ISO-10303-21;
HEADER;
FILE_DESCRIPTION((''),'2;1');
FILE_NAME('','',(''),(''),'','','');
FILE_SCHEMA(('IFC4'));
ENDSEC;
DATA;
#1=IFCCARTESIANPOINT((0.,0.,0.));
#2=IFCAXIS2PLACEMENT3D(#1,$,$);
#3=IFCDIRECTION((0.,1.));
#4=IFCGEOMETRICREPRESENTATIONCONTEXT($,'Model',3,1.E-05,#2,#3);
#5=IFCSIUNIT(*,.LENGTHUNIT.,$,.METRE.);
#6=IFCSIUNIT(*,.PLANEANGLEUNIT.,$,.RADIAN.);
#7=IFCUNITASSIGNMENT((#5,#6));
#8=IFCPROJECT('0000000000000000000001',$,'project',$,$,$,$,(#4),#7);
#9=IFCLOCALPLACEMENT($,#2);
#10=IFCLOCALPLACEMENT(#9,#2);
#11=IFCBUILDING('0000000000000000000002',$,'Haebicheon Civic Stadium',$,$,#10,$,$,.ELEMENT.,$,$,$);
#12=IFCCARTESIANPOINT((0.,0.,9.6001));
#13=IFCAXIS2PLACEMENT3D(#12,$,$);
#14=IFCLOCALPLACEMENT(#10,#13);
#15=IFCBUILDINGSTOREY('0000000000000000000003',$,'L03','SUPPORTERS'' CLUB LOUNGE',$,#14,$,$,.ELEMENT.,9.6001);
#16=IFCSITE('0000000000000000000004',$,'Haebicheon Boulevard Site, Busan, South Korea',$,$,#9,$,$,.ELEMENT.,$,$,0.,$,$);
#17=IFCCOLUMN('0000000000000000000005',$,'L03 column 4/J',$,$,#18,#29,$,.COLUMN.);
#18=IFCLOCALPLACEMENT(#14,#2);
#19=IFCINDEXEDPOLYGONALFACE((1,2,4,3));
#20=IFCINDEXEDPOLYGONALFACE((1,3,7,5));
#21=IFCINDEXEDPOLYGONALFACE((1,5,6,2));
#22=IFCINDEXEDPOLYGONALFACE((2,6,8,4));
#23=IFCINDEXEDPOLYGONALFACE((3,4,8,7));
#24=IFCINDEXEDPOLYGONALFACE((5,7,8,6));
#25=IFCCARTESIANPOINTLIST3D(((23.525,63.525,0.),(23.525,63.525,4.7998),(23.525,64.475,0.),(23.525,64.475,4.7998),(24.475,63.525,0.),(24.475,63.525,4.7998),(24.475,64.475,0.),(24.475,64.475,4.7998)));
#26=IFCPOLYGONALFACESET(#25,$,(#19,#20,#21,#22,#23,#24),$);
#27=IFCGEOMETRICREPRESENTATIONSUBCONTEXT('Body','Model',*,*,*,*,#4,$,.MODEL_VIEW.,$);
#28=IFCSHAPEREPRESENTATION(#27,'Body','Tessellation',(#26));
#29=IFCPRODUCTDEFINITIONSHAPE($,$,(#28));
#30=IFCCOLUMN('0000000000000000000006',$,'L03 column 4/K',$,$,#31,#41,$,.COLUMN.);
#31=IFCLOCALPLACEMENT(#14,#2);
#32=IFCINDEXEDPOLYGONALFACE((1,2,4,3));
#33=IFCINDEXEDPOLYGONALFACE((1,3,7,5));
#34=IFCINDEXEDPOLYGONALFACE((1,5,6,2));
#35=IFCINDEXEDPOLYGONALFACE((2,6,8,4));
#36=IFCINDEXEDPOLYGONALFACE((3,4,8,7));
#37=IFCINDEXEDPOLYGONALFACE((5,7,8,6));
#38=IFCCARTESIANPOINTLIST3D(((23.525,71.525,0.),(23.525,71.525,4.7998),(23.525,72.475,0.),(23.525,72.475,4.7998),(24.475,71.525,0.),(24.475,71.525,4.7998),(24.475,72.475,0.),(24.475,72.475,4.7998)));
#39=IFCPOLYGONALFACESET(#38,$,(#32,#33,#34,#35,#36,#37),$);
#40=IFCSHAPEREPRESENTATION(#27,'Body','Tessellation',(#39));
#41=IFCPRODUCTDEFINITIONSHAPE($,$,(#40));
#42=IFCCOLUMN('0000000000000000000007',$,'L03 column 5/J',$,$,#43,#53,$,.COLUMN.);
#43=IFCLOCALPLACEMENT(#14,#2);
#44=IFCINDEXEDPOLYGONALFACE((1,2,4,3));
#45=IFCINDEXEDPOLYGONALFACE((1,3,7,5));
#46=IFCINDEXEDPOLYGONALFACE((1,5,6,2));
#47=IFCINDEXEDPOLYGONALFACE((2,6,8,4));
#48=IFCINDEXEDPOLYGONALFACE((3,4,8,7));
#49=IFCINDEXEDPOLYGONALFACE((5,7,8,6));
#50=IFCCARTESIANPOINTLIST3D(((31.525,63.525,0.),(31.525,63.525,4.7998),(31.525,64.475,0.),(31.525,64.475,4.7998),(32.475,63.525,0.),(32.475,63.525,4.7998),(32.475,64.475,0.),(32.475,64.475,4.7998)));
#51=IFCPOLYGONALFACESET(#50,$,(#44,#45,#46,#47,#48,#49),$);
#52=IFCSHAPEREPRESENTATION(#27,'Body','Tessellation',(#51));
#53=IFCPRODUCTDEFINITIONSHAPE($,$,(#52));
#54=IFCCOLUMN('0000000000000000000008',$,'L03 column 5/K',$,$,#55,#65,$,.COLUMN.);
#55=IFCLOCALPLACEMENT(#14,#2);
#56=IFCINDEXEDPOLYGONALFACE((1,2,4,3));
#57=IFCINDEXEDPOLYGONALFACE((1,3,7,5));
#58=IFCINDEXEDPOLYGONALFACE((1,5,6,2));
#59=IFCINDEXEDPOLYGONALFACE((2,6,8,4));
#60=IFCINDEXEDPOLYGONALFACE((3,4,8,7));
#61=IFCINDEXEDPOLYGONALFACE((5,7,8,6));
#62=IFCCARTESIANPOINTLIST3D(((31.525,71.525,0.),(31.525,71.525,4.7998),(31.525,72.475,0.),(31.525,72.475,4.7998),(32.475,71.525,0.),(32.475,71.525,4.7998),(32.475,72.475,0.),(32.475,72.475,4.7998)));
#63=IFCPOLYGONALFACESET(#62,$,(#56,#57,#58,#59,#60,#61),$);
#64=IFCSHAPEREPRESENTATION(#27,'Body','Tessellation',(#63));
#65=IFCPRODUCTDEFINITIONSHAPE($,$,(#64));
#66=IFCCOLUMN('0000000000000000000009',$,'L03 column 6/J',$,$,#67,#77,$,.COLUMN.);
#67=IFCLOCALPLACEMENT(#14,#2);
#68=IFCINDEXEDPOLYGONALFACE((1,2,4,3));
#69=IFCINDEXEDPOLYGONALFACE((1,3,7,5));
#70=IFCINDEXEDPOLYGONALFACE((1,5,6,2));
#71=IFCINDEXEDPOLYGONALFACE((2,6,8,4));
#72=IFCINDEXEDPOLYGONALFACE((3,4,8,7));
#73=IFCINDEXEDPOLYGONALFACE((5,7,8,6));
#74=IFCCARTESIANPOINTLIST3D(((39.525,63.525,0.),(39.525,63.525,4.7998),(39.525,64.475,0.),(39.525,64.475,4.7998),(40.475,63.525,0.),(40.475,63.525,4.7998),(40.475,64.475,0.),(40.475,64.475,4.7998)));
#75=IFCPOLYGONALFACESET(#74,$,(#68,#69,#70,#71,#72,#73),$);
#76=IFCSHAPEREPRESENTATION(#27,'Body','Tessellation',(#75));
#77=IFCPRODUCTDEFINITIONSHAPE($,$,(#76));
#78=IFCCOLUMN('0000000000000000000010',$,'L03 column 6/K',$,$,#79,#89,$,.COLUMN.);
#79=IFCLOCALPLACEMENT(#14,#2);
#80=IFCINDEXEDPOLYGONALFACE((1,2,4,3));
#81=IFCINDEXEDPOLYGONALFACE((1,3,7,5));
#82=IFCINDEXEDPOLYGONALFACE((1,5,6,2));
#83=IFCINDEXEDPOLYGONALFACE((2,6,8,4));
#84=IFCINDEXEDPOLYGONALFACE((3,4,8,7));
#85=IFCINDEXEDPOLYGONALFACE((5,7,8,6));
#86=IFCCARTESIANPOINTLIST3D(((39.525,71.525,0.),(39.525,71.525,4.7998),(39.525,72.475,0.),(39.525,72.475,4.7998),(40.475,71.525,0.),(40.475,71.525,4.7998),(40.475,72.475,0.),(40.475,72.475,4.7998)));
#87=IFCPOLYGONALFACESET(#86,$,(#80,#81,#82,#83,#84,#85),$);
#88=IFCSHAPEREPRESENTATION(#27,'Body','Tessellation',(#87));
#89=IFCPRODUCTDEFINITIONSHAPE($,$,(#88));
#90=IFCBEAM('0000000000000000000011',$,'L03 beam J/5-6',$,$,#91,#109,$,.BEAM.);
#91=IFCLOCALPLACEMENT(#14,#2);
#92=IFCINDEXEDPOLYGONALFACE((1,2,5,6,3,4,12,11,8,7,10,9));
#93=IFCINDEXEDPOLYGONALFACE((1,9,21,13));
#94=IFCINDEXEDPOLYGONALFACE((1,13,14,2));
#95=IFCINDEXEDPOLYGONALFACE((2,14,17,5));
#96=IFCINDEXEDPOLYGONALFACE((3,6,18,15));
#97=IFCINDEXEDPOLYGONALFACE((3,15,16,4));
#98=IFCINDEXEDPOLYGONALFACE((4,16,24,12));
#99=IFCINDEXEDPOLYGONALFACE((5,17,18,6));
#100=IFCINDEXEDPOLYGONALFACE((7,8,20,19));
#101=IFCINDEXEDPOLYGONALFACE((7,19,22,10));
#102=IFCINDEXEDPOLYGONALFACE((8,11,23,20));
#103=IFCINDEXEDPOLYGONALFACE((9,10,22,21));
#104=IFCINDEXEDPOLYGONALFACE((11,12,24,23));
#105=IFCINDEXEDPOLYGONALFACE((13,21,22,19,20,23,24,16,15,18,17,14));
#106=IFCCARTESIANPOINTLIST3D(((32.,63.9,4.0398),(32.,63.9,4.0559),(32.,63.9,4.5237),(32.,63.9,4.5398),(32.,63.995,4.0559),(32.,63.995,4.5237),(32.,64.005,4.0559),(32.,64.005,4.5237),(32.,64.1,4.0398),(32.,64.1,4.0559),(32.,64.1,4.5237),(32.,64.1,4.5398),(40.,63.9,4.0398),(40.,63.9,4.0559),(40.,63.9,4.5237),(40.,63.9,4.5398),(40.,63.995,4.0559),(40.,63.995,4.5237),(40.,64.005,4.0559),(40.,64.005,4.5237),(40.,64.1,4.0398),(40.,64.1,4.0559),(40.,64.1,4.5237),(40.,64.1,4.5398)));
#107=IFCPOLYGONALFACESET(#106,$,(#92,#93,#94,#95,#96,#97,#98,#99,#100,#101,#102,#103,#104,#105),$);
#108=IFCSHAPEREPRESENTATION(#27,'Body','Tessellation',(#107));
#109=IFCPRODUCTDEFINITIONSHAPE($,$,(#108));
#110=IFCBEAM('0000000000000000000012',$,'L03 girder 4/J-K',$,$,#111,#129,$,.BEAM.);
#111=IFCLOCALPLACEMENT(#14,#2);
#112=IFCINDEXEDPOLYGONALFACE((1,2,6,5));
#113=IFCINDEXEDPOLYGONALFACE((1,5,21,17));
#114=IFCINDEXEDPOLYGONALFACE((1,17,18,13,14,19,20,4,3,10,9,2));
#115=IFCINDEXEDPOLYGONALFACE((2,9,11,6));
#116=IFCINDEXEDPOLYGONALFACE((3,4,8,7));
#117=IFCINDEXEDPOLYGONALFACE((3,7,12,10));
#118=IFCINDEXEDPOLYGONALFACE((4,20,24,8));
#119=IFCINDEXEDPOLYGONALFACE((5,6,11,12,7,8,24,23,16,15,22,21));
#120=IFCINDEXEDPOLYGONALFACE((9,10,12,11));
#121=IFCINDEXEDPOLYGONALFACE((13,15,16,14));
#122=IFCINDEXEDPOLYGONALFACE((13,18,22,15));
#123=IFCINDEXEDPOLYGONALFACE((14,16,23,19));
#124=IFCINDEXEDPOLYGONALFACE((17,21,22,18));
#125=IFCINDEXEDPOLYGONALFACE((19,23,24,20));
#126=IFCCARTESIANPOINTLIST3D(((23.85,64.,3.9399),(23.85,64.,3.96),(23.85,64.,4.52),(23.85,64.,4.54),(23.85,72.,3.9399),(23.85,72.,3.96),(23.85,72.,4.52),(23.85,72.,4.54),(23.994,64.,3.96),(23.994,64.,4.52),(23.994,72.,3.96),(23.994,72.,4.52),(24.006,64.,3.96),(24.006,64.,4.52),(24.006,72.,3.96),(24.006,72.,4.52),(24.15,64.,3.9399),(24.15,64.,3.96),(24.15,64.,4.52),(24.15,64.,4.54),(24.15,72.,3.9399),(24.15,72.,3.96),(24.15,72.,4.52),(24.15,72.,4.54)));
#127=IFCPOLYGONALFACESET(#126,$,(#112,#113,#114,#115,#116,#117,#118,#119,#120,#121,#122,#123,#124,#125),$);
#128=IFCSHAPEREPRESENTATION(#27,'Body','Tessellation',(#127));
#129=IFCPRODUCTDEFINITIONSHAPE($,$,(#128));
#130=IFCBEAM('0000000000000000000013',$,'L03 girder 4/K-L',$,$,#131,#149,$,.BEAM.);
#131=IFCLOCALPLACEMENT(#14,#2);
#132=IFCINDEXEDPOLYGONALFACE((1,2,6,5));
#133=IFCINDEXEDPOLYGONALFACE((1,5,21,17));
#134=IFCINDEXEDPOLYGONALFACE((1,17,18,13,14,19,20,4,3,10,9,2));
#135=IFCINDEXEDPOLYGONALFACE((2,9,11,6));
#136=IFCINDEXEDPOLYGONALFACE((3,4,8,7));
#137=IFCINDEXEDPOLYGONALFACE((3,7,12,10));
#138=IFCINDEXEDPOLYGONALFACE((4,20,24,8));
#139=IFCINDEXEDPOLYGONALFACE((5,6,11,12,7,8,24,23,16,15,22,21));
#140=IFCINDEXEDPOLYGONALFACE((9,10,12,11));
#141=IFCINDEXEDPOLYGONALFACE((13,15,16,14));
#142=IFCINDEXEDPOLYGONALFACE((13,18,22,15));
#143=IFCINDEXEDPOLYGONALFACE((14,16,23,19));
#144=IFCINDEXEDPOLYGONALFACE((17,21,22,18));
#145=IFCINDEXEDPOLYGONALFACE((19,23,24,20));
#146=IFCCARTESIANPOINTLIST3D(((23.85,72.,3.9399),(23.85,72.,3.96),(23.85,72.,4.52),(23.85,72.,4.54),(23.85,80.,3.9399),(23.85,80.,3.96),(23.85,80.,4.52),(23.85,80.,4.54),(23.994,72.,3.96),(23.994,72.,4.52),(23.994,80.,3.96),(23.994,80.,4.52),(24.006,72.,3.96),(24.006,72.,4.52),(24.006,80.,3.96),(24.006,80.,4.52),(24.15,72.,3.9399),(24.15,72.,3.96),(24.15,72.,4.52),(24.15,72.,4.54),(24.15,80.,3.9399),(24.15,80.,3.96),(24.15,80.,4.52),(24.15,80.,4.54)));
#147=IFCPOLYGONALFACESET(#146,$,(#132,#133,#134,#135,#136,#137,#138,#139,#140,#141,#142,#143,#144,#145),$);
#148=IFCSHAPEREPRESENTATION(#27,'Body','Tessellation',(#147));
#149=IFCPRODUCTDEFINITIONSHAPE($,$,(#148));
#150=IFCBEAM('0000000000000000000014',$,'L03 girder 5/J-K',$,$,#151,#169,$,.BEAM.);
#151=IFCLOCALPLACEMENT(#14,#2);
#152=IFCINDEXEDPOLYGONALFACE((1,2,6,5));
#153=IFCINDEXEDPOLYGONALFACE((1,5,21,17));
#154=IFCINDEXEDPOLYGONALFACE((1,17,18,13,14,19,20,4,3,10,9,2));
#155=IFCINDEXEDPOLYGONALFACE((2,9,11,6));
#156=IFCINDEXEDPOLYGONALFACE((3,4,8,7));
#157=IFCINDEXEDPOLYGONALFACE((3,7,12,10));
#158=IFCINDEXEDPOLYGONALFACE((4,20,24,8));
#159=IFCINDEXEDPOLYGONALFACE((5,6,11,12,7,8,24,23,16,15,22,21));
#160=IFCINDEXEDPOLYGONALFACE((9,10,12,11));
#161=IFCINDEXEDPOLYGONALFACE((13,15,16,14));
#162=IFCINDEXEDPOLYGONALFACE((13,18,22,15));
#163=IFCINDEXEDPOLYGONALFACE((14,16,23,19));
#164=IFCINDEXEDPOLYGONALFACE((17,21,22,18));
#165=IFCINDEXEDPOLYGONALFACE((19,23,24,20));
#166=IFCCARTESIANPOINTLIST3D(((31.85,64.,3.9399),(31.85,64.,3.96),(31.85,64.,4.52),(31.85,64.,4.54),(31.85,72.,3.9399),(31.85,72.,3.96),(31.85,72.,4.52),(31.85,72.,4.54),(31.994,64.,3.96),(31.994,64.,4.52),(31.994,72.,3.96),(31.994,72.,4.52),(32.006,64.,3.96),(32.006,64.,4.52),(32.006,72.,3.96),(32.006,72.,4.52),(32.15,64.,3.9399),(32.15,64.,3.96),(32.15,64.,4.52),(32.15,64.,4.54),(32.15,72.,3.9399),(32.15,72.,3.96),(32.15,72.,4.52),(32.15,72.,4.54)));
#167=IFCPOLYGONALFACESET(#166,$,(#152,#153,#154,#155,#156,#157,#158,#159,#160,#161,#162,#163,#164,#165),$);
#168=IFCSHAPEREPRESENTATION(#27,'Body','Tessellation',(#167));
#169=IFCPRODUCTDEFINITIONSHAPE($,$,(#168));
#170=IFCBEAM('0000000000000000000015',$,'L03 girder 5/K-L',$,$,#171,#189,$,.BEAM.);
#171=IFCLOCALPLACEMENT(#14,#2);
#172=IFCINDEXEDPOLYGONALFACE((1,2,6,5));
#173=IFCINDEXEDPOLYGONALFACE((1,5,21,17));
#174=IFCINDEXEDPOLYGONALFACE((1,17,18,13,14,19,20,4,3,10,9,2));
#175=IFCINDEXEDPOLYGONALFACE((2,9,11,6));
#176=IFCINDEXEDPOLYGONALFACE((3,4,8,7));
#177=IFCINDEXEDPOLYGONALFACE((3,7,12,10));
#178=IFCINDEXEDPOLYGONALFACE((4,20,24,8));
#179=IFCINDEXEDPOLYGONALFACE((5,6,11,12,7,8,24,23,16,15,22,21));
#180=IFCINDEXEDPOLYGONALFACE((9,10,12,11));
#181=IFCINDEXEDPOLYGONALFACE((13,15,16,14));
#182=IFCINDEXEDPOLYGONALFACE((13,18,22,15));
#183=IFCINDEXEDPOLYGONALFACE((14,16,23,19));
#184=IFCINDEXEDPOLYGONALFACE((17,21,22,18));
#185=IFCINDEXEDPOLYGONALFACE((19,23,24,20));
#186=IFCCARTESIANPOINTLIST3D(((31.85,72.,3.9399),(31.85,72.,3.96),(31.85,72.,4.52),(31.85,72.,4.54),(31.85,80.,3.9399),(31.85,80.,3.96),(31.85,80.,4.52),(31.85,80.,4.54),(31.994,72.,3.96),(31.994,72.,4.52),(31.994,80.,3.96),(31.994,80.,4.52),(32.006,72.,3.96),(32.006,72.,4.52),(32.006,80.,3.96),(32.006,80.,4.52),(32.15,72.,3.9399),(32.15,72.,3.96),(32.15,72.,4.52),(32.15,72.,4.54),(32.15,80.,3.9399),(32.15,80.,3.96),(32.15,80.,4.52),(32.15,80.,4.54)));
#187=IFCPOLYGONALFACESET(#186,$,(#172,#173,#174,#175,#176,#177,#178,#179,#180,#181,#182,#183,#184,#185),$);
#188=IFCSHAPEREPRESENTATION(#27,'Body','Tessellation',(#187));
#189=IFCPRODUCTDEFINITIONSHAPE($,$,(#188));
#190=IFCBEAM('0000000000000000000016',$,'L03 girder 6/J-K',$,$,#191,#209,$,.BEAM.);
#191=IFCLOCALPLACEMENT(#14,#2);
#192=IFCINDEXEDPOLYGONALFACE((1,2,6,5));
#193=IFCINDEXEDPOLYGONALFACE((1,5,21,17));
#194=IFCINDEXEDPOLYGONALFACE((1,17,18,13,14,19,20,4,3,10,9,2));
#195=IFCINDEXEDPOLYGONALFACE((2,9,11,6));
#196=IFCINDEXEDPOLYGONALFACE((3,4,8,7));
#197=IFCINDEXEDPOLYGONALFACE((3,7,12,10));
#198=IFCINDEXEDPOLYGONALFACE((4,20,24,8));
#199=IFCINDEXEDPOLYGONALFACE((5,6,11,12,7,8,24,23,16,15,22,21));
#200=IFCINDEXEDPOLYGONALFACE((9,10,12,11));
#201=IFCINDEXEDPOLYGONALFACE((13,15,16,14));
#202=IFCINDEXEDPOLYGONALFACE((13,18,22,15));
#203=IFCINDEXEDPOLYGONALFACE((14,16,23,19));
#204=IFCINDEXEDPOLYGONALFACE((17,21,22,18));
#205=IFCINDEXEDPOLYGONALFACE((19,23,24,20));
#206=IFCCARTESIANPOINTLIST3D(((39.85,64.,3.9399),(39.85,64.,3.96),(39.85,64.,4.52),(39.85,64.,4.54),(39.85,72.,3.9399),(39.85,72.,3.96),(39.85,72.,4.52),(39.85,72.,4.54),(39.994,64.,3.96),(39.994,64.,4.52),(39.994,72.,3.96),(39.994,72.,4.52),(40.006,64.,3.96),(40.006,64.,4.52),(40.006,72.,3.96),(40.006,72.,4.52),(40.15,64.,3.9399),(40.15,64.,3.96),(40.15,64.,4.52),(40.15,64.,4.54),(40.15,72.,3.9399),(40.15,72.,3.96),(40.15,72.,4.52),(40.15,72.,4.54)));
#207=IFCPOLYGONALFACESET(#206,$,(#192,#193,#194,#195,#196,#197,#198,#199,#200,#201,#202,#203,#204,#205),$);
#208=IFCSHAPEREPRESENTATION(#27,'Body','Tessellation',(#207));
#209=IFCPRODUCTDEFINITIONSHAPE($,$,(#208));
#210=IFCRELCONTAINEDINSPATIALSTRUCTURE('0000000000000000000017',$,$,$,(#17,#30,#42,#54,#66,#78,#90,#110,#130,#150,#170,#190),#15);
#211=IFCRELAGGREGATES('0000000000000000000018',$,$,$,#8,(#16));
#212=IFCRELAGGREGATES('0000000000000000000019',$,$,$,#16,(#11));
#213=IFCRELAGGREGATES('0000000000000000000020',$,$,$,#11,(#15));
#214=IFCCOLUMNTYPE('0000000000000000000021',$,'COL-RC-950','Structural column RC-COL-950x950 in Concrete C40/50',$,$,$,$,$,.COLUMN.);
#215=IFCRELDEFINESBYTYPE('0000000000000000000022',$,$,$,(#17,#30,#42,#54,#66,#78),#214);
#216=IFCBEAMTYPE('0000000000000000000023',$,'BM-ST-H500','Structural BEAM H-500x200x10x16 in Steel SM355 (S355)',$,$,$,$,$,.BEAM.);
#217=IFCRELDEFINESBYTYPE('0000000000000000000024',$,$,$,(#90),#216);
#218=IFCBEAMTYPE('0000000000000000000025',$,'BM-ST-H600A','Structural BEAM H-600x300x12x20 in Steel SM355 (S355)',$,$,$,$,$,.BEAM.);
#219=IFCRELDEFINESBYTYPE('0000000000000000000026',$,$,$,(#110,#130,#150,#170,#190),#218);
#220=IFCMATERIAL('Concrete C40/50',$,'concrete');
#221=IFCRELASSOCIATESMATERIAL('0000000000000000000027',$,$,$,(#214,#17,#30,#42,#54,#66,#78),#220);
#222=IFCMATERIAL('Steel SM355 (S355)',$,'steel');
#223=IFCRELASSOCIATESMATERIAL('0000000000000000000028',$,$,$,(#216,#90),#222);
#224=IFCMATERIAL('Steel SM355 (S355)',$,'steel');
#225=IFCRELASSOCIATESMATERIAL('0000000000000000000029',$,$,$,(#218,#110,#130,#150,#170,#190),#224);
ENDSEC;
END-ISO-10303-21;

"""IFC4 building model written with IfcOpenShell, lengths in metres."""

from ifc_helpers import new_model, si_unit, direction, frame, origin, origin_2d, place, context, subcontext, project, spatial, rectangle, i_section, extrude, material, material_profile, profile_set, type_object, element, save


model = new_model("IFC4")

# Units and contexts
model_context = context("Model", 3, precision=1e-05, world=origin(), true_north=direction((0.0, 1.0)))
body_context = subcontext(model_context, "Body", "Model", "MODEL_VIEW")
ifc_project = project(units=[si_unit("LENGTHUNIT", "METRE"), si_unit("PLANEANGLEUNIT", "RADIAN")], contexts=[model_context])

# Site, building, storey
site_placement = place(None, origin())
site = spatial("IfcSite", under=ifc_project, at=site_placement, Name="Haebicheon Boulevard Site, Busan, South Korea", CompositionType="ELEMENT", RefElevation=0.0)
building_placement = place(site_placement, origin())
building = spatial("IfcBuilding", under=site, at=building_placement, Name="Haebicheon Civic Stadium", CompositionType="ELEMENT")
storey_placement = place(building_placement, frame((0.0, 0.0, 9.6001)))
storey = spatial("IfcBuildingStorey", under=building, at=storey_placement, Name="L03", Description="SUPPORTERS' CLUB LOUNGE", CompositionType="ELEMENT", Elevation=9.6001)

# Columns
ifc_material_1 = material(Name="Concrete C40/50", Category="concrete")
ifc_material_profile_1 = material_profile(ifc_material_1, rectangle(XDim=0.95, YDim=0.95, at=origin_2d()), Name="RC-COL-950x950")
ifc_profile_set_1 = profile_set([ifc_material_profile_1], Name="Concrete C40/50")
column_type = type_object("IfcColumnType", Name="COL-RC-950", Description="Structural column RC-COL-950x950 in Concrete C40/50", PredefinedType="COLUMN", material=ifc_profile_set_1)
for number, where, z_axis, x_axis, name in (
    (1, (24.0, 64.0, 0.0), (0.0, 0.0, 1.0), (1.0, 0.0, 0.0), "L03 column 4/J"),
    (2, (24.0, 72.0, 0.0), (0.0, 0.0, 1.0), (1.0, 0.0, 0.0), "L03 column 4/K"),
    (3, (32.0, 64.0, 0.0), (0.0, 0.0, 1.0), (1.0, 0.0, 0.0), "L03 column 5/J"),
    (4, (32.0, 72.0, 0.0), (0.0, 0.0, 1.0), (1.0, 0.0, 0.0), "L03 column 5/K"),
    (5, (40.0, 64.0, 0.0), (0.0, 0.0, 1.0), (1.0, 0.0, 0.0), "L03 column 6/J"),
    (6, (40.0, 72.0, 0.0), (0.0, 0.0, 1.0), (1.0, 0.0, 0.0), "L03 column 6/K"),
):
    element("IfcColumn", number, at=place(storey_placement, frame(where, z_axis=z_axis, x_axis=x_axis)), inside=storey, type_object=column_type, material=ifc_profile_set_1, Name=name, PredefinedType="COLUMN", context=body_context, shape_type="SweptSolid", body=[
        extrude(rectangle(XDim=0.95, YDim=0.95, at=origin_2d()), origin(), (0.0, 0.0, 1.0), 4.7998),
    ])

# Beams
ifc_material_2 = material(Name="Steel SM355 (S355)", Category="steel")
ifc_material_profile_2 = material_profile(ifc_material_2, i_section(OverallWidth=0.2, OverallDepth=0.5, WebThickness=0.01, FlangeThickness=0.0161, at=origin_2d()), Name="H-500x200x10x16")
ifc_profile_set_2 = profile_set([ifc_material_profile_2], Name="Steel SM355 (S355)")
beam_type_1 = type_object("IfcBeamType", Name="BM-ST-H500", Description="Structural BEAM H-500x200x10x16 in Steel SM355 (S355)", PredefinedType="BEAM", material=ifc_profile_set_2)
beam_1_placement = place(storey_placement, frame((32.0, 64.0, 4.2898), z_axis=(1.0, 0.0, 0.0), x_axis=(0.0, 1.0, 0.0)))
element("IfcBeam", 7, at=beam_1_placement, inside=storey, type_object=beam_type_1, material=ifc_profile_set_2, Name="L03 beam J/5-6", PredefinedType="BEAM", context=body_context, shape_type="SweptSolid", body=[
    extrude(i_section(OverallWidth=0.2, OverallDepth=0.5, WebThickness=0.01, FlangeThickness=0.0161, at=origin_2d()), origin(), (0.0, 0.0, 1.0), 8.0),
])
ifc_material_3 = material(Name="Steel SM355 (S355)", Category="steel")
ifc_material_profile_3 = material_profile(ifc_material_3, i_section(OverallWidth=0.3, OverallDepth=0.6001, WebThickness=0.012, FlangeThickness=0.02, at=origin_2d()), Name="H-600x300x12x20")
ifc_profile_set_3 = profile_set([ifc_material_profile_3], Name="Steel SM355 (S355)")
beam_type_2 = type_object("IfcBeamType", Name="BM-ST-H600A", Description="Structural BEAM H-600x300x12x20 in Steel SM355 (S355)", PredefinedType="BEAM", material=ifc_profile_set_3)
for number, where, z_axis, x_axis, name in (
    (8, (24.0, 64.0, 4.24), (0.0, 1.0, 0.0), (-1.0, 0.0, 0.0), "L03 girder 4/J-K"),
    (9, (24.0, 72.0, 4.24), (0.0, 1.0, 0.0), (-1.0, 0.0, 0.0), "L03 girder 4/K-L"),
    (10, (32.0, 64.0, 4.24), (0.0, 1.0, 0.0), (-1.0, 0.0, 0.0), "L03 girder 5/J-K"),
    (11, (32.0, 72.0, 4.24), (0.0, 1.0, 0.0), (-1.0, 0.0, 0.0), "L03 girder 5/K-L"),
    (12, (40.0, 64.0, 4.24), (0.0, 1.0, 0.0), (-1.0, 0.0, 0.0), "L03 girder 6/J-K"),
):
    element("IfcBeam", number, at=place(storey_placement, frame(where, z_axis=z_axis, x_axis=x_axis)), inside=storey, type_object=beam_type_2, material=ifc_profile_set_3, Name=name, PredefinedType="BEAM", context=body_context, shape_type="SweptSolid", body=[
        extrude(i_section(OverallWidth=0.3, OverallDepth=0.6001, WebThickness=0.012, FlangeThickness=0.02, at=origin_2d()), origin(), (0.0, 0.0, 1.0), 8.0),
    ])

save(model, "model.ifc")
